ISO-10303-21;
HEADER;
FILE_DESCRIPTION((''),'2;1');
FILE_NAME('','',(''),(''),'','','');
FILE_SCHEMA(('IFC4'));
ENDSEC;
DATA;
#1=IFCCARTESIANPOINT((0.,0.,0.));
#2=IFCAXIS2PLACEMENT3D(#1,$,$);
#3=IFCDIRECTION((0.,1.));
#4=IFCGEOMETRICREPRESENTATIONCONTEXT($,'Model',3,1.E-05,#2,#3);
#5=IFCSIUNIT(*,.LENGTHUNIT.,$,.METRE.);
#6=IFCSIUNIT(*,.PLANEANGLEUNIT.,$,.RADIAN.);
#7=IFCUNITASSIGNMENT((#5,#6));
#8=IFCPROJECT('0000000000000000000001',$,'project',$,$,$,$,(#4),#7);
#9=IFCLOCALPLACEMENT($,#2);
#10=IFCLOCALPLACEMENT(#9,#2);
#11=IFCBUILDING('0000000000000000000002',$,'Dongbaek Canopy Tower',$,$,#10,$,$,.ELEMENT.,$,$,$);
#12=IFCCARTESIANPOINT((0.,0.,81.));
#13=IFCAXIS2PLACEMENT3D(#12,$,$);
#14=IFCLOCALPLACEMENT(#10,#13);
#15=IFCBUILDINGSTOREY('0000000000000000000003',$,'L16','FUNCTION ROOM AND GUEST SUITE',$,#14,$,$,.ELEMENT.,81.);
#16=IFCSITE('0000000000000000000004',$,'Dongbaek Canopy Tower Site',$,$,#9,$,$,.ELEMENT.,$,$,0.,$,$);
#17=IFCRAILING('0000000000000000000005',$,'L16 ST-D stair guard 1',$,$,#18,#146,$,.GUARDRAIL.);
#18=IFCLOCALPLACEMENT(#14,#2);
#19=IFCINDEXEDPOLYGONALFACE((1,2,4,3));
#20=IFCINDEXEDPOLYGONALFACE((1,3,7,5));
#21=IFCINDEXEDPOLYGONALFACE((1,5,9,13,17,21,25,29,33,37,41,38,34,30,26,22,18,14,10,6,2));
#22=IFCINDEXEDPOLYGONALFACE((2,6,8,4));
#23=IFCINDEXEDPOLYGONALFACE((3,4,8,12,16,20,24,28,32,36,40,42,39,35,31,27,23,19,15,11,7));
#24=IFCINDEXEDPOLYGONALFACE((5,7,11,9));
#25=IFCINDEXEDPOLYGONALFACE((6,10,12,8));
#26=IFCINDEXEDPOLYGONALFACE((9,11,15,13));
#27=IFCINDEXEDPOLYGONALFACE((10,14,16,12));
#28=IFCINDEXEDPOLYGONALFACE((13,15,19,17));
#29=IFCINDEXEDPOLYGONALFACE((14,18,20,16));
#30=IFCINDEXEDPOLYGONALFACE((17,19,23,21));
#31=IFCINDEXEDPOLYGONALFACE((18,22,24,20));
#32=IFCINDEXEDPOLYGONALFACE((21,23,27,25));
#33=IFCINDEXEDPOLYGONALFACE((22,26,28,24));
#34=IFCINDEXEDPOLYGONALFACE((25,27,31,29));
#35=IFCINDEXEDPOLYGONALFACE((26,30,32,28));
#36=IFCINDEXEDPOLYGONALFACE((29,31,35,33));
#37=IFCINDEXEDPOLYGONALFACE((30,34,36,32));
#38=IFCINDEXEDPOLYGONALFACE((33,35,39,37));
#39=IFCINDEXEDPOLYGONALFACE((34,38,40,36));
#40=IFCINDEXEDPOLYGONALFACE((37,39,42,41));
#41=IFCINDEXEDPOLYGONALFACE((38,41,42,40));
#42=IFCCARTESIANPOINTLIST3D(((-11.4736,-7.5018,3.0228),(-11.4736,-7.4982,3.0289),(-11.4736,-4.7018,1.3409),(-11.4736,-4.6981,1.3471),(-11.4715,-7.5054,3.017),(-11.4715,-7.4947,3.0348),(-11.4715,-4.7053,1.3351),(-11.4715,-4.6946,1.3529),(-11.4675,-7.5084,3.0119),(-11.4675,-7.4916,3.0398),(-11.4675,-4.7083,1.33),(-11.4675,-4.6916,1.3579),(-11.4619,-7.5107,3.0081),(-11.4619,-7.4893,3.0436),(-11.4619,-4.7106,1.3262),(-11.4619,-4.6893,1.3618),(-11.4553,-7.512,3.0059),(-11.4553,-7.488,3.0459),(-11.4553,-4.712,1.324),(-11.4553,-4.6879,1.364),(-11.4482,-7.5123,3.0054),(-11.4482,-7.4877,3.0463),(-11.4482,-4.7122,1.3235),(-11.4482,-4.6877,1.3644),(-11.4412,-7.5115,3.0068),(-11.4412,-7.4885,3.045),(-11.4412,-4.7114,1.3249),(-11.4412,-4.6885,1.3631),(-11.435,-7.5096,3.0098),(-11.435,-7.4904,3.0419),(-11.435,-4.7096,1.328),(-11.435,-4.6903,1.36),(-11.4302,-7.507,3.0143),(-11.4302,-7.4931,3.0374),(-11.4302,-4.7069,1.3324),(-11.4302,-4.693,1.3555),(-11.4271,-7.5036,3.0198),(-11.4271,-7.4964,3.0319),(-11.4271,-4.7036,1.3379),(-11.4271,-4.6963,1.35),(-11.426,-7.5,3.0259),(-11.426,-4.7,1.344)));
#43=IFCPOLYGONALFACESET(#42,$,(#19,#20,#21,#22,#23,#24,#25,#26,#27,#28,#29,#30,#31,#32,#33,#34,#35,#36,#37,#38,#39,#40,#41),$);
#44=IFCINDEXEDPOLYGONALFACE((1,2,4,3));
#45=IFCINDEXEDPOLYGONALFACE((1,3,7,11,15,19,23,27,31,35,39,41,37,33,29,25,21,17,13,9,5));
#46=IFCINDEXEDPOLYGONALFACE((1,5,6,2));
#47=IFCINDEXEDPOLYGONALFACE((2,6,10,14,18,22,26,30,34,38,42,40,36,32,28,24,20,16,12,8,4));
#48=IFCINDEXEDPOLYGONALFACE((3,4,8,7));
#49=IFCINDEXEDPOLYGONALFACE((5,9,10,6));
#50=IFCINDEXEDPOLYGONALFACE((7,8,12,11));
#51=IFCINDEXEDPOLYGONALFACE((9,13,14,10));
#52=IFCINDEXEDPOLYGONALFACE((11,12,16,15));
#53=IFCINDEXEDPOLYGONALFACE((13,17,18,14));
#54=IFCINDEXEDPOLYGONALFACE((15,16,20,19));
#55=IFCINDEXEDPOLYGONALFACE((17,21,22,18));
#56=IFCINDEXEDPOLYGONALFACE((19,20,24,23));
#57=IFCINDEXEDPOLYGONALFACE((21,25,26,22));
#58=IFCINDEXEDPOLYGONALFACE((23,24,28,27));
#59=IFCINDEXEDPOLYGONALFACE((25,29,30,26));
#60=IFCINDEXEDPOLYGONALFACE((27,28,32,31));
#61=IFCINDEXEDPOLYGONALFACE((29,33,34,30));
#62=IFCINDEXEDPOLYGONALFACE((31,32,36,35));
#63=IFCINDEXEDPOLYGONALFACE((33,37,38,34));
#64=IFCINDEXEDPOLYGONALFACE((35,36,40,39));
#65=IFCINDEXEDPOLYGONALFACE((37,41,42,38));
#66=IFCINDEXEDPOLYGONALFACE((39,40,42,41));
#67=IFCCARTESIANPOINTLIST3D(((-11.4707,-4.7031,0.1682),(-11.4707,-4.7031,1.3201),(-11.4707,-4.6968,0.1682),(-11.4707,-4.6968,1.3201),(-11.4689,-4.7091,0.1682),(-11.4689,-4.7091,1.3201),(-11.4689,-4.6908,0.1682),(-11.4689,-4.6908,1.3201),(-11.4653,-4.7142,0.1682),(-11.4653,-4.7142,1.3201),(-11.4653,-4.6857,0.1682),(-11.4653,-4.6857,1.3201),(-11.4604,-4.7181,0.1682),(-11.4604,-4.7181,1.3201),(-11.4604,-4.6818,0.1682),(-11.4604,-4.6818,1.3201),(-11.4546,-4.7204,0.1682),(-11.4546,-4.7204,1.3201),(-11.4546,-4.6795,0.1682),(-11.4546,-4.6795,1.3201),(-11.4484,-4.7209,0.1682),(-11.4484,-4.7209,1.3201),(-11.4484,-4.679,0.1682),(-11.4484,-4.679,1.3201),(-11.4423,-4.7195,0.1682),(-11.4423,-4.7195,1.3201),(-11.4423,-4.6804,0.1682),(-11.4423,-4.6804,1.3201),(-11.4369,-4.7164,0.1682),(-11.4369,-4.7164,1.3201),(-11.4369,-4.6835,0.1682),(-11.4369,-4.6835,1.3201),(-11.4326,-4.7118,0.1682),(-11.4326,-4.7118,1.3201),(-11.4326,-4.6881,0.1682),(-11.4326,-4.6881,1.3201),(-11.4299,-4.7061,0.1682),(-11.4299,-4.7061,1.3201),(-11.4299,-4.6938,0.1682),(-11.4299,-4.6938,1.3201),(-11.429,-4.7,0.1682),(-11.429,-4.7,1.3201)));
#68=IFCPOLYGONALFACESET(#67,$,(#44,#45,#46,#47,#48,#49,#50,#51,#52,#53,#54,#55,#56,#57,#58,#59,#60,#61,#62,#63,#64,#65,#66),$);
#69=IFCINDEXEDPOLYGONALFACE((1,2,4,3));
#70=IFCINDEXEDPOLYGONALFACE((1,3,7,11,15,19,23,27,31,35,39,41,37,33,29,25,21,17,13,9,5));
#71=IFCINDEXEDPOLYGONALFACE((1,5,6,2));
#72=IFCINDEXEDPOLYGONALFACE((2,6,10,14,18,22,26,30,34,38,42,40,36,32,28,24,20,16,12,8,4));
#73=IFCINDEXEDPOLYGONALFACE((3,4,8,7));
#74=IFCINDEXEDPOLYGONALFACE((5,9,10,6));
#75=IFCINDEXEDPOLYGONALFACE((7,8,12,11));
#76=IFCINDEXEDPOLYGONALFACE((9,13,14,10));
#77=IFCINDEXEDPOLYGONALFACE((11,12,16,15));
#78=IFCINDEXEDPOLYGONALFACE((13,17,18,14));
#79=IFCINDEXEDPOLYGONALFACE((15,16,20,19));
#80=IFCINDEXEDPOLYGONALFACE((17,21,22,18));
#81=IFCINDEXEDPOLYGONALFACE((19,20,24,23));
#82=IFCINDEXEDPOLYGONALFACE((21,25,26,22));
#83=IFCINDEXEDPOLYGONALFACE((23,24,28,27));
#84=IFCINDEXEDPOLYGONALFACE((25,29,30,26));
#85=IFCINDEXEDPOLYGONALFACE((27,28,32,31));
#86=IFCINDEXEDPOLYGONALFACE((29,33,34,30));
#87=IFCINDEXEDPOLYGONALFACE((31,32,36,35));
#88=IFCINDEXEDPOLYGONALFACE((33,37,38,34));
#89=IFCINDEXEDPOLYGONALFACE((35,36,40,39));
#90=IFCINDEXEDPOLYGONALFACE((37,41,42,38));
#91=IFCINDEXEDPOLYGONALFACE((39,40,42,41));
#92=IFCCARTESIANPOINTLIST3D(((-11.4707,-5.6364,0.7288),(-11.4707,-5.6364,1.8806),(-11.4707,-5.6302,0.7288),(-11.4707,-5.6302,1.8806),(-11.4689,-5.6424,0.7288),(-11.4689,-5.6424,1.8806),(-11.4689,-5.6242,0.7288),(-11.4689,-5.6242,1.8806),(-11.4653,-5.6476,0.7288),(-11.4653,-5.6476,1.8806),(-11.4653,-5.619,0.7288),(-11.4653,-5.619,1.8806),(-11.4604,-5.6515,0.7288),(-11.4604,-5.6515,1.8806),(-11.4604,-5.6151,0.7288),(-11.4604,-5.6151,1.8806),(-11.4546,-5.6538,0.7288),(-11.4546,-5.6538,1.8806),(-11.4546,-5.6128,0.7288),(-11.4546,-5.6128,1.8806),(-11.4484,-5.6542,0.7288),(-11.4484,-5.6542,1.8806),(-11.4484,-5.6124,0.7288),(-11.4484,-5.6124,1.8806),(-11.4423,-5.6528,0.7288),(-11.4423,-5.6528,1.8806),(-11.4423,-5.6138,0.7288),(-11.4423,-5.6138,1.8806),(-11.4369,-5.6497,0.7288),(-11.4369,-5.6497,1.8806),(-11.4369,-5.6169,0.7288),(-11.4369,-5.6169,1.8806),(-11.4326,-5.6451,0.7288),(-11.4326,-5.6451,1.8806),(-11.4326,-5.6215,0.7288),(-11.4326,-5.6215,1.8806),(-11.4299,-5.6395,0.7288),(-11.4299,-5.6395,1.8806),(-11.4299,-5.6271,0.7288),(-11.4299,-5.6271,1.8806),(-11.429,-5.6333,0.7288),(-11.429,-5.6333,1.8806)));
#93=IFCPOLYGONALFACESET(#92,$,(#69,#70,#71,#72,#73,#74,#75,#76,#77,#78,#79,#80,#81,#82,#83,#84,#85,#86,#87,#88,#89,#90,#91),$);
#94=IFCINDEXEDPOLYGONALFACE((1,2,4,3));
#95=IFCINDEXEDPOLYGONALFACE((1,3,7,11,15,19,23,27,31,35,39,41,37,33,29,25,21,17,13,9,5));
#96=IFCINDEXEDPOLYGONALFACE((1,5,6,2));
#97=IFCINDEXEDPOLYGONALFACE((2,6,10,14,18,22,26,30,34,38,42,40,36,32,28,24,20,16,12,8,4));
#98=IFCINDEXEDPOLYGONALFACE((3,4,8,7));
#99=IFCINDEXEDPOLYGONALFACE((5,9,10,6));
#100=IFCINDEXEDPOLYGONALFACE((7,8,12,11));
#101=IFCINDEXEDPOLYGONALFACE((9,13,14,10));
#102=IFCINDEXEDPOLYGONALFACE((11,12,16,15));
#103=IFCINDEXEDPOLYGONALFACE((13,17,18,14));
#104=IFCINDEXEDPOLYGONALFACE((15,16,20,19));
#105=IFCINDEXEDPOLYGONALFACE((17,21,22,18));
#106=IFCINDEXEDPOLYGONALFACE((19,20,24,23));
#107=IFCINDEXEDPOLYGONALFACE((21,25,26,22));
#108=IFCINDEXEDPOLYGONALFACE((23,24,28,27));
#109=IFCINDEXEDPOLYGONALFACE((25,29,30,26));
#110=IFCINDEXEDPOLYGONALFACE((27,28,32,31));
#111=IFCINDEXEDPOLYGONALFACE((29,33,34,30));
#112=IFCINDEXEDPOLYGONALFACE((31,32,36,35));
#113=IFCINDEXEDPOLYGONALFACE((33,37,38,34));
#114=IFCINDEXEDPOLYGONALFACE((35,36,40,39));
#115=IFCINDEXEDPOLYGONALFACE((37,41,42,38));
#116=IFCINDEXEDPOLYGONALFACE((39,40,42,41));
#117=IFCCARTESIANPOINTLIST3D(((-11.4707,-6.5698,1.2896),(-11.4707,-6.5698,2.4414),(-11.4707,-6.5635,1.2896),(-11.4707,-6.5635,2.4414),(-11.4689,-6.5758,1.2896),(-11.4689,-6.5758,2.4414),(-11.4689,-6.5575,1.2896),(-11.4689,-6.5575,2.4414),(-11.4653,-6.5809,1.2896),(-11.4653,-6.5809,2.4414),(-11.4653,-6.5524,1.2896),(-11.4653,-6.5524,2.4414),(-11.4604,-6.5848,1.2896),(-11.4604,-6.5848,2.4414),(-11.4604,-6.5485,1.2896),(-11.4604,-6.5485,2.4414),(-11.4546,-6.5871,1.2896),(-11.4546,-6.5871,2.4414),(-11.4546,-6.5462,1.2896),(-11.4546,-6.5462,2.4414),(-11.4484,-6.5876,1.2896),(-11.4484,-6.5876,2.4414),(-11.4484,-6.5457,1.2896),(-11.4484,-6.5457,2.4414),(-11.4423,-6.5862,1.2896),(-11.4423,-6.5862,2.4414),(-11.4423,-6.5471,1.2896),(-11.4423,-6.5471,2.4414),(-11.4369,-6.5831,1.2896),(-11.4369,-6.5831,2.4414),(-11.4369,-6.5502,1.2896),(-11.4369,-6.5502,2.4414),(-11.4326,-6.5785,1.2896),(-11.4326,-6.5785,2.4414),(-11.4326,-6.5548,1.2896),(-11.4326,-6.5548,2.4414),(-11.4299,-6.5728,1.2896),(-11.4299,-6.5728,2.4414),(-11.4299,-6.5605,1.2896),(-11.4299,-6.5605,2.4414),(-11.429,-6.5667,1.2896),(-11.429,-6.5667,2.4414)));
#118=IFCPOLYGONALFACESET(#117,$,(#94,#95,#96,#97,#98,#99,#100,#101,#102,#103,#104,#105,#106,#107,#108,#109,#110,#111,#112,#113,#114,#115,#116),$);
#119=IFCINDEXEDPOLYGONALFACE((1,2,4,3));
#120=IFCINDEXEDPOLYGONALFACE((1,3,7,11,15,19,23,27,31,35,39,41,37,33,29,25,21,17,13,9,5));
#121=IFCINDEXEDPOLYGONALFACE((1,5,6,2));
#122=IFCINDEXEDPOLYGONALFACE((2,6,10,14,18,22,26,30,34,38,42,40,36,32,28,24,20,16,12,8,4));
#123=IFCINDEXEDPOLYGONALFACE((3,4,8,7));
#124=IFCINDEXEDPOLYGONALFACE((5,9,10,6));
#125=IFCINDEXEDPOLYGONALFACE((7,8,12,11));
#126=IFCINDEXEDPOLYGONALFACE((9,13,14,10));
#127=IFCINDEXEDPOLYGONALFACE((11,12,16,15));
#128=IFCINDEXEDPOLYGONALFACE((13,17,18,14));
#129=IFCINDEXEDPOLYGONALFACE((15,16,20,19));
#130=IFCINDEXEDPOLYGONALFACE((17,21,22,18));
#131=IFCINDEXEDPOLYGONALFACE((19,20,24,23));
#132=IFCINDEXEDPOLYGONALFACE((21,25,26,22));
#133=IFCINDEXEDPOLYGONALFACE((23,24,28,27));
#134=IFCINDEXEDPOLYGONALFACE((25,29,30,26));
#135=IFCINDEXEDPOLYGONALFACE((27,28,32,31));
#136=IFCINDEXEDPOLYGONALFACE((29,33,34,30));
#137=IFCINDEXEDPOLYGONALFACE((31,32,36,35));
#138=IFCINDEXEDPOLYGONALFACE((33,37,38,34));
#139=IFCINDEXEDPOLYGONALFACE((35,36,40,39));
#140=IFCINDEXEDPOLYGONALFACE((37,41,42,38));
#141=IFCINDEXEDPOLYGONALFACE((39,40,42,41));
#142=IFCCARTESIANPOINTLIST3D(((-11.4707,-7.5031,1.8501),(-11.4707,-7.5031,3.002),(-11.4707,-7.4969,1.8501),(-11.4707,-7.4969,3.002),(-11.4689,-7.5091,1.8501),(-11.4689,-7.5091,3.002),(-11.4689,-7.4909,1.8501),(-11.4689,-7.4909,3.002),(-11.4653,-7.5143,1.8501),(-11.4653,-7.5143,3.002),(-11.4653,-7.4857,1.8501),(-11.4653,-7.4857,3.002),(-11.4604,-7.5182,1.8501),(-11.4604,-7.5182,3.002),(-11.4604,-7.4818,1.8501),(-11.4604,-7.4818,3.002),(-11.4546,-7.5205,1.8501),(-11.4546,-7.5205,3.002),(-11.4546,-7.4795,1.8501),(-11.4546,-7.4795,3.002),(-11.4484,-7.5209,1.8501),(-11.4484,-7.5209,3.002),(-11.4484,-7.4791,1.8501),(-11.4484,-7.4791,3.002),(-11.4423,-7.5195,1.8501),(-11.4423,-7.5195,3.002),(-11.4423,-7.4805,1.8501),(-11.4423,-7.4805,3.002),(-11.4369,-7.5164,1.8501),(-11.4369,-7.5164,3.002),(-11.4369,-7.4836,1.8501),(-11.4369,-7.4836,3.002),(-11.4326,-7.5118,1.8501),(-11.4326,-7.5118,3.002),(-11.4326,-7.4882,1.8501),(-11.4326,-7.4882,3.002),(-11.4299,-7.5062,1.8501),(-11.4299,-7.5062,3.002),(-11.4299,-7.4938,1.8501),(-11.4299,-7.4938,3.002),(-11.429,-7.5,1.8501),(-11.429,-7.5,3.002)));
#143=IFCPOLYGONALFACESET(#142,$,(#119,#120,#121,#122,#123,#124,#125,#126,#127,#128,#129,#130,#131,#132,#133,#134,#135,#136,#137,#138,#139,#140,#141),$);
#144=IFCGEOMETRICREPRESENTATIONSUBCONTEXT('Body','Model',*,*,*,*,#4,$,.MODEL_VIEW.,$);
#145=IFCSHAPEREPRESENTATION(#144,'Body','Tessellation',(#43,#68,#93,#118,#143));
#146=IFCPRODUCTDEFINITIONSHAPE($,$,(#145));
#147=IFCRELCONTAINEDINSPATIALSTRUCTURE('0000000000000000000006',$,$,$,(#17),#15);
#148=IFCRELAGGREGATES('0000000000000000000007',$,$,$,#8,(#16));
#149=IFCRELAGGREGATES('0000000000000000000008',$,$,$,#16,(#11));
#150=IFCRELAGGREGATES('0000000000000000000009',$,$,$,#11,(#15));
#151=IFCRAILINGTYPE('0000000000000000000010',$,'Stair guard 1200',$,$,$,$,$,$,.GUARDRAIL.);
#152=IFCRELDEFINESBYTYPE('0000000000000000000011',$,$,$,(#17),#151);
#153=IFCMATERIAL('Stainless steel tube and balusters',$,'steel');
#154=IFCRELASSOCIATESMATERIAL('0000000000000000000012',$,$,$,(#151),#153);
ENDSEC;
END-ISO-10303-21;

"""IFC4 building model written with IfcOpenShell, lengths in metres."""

from ifc_helpers import new_model, si_unit, direction, frame, origin, origin_2d, place, context, subcontext, project, spatial, circle, extrude, material, type_object, element, save


model = new_model("IFC4")

# Units and contexts
model_context = context("Model", 3, precision=1e-05, world=origin(), true_north=direction((0.0, 1.0)))
body_context = subcontext(model_context, "Body", "Model", "MODEL_VIEW")
ifc_project = project(units=[si_unit("LENGTHUNIT", "METRE"), si_unit("PLANEANGLEUNIT", "RADIAN")], contexts=[model_context])

# Site, building, storey
site_placement = place(None, origin())
site = spatial("IfcSite", under=ifc_project, at=site_placement, Name="Dongbaek Canopy Tower Site", CompositionType="ELEMENT", RefElevation=0.0)
building_placement = place(site_placement, origin())
building = spatial("IfcBuilding", under=site, at=building_placement, Name="Dongbaek Canopy Tower", CompositionType="ELEMENT")
storey_placement = place(building_placement, frame((0.0, 0.0, 81.0)))
storey = spatial("IfcBuildingStorey", under=building, at=storey_placement, Name="L16", Description="FUNCTION ROOM AND GUEST SUITE", CompositionType="ELEMENT", Elevation=81.0)

# Railing
ifc_material_1 = material(Name="Stainless steel tube and balusters", Category="steel")
railing_type_1 = type_object("IfcRailingType", Name="Stair guard 1200", PredefinedType="GUARDRAIL", material=ifc_material_1)
railing_1_placement = place(storey_placement, frame((-11.45, -4.7, 0.1682)))
element("IfcRailing", 1, at=railing_1_placement, inside=storey, type_object=railing_type_1, Name="L16 ST-D stair guard 1", PredefinedType="GUARDRAIL", context=body_context, shape_type="SweptSolid", body=[
    extrude(circle(Radius=0.0239, at=origin_2d()), frame((0.0, 0.0, 1.1758), z_axis=(0.0, -0.857242, 0.514913), x_axis=(1.0, 0.0, 0.0)), (0.0, 0.0, 1.0), 3.2664),
    extrude(circle(Radius=0.021, at=origin_2d()), origin(), (0.0, 0.0, 1.0), 1.1519),
    extrude(circle(Radius=0.021, at=origin_2d()), frame((0.0, -0.9333, 0.5605)), (0.0, 0.0, 1.0), 1.1519),
    extrude(circle(Radius=0.021, at=origin_2d()), frame((0.0, -1.8667, 1.1213)), (0.0, 0.0, 1.0), 1.1519),
    extrude(circle(Radius=0.021, at=origin_2d()), frame((0.0, -2.8, 1.6819)), (0.0, 0.0, 1.0), 1.1519),
])

save(model, "model.ifc")
